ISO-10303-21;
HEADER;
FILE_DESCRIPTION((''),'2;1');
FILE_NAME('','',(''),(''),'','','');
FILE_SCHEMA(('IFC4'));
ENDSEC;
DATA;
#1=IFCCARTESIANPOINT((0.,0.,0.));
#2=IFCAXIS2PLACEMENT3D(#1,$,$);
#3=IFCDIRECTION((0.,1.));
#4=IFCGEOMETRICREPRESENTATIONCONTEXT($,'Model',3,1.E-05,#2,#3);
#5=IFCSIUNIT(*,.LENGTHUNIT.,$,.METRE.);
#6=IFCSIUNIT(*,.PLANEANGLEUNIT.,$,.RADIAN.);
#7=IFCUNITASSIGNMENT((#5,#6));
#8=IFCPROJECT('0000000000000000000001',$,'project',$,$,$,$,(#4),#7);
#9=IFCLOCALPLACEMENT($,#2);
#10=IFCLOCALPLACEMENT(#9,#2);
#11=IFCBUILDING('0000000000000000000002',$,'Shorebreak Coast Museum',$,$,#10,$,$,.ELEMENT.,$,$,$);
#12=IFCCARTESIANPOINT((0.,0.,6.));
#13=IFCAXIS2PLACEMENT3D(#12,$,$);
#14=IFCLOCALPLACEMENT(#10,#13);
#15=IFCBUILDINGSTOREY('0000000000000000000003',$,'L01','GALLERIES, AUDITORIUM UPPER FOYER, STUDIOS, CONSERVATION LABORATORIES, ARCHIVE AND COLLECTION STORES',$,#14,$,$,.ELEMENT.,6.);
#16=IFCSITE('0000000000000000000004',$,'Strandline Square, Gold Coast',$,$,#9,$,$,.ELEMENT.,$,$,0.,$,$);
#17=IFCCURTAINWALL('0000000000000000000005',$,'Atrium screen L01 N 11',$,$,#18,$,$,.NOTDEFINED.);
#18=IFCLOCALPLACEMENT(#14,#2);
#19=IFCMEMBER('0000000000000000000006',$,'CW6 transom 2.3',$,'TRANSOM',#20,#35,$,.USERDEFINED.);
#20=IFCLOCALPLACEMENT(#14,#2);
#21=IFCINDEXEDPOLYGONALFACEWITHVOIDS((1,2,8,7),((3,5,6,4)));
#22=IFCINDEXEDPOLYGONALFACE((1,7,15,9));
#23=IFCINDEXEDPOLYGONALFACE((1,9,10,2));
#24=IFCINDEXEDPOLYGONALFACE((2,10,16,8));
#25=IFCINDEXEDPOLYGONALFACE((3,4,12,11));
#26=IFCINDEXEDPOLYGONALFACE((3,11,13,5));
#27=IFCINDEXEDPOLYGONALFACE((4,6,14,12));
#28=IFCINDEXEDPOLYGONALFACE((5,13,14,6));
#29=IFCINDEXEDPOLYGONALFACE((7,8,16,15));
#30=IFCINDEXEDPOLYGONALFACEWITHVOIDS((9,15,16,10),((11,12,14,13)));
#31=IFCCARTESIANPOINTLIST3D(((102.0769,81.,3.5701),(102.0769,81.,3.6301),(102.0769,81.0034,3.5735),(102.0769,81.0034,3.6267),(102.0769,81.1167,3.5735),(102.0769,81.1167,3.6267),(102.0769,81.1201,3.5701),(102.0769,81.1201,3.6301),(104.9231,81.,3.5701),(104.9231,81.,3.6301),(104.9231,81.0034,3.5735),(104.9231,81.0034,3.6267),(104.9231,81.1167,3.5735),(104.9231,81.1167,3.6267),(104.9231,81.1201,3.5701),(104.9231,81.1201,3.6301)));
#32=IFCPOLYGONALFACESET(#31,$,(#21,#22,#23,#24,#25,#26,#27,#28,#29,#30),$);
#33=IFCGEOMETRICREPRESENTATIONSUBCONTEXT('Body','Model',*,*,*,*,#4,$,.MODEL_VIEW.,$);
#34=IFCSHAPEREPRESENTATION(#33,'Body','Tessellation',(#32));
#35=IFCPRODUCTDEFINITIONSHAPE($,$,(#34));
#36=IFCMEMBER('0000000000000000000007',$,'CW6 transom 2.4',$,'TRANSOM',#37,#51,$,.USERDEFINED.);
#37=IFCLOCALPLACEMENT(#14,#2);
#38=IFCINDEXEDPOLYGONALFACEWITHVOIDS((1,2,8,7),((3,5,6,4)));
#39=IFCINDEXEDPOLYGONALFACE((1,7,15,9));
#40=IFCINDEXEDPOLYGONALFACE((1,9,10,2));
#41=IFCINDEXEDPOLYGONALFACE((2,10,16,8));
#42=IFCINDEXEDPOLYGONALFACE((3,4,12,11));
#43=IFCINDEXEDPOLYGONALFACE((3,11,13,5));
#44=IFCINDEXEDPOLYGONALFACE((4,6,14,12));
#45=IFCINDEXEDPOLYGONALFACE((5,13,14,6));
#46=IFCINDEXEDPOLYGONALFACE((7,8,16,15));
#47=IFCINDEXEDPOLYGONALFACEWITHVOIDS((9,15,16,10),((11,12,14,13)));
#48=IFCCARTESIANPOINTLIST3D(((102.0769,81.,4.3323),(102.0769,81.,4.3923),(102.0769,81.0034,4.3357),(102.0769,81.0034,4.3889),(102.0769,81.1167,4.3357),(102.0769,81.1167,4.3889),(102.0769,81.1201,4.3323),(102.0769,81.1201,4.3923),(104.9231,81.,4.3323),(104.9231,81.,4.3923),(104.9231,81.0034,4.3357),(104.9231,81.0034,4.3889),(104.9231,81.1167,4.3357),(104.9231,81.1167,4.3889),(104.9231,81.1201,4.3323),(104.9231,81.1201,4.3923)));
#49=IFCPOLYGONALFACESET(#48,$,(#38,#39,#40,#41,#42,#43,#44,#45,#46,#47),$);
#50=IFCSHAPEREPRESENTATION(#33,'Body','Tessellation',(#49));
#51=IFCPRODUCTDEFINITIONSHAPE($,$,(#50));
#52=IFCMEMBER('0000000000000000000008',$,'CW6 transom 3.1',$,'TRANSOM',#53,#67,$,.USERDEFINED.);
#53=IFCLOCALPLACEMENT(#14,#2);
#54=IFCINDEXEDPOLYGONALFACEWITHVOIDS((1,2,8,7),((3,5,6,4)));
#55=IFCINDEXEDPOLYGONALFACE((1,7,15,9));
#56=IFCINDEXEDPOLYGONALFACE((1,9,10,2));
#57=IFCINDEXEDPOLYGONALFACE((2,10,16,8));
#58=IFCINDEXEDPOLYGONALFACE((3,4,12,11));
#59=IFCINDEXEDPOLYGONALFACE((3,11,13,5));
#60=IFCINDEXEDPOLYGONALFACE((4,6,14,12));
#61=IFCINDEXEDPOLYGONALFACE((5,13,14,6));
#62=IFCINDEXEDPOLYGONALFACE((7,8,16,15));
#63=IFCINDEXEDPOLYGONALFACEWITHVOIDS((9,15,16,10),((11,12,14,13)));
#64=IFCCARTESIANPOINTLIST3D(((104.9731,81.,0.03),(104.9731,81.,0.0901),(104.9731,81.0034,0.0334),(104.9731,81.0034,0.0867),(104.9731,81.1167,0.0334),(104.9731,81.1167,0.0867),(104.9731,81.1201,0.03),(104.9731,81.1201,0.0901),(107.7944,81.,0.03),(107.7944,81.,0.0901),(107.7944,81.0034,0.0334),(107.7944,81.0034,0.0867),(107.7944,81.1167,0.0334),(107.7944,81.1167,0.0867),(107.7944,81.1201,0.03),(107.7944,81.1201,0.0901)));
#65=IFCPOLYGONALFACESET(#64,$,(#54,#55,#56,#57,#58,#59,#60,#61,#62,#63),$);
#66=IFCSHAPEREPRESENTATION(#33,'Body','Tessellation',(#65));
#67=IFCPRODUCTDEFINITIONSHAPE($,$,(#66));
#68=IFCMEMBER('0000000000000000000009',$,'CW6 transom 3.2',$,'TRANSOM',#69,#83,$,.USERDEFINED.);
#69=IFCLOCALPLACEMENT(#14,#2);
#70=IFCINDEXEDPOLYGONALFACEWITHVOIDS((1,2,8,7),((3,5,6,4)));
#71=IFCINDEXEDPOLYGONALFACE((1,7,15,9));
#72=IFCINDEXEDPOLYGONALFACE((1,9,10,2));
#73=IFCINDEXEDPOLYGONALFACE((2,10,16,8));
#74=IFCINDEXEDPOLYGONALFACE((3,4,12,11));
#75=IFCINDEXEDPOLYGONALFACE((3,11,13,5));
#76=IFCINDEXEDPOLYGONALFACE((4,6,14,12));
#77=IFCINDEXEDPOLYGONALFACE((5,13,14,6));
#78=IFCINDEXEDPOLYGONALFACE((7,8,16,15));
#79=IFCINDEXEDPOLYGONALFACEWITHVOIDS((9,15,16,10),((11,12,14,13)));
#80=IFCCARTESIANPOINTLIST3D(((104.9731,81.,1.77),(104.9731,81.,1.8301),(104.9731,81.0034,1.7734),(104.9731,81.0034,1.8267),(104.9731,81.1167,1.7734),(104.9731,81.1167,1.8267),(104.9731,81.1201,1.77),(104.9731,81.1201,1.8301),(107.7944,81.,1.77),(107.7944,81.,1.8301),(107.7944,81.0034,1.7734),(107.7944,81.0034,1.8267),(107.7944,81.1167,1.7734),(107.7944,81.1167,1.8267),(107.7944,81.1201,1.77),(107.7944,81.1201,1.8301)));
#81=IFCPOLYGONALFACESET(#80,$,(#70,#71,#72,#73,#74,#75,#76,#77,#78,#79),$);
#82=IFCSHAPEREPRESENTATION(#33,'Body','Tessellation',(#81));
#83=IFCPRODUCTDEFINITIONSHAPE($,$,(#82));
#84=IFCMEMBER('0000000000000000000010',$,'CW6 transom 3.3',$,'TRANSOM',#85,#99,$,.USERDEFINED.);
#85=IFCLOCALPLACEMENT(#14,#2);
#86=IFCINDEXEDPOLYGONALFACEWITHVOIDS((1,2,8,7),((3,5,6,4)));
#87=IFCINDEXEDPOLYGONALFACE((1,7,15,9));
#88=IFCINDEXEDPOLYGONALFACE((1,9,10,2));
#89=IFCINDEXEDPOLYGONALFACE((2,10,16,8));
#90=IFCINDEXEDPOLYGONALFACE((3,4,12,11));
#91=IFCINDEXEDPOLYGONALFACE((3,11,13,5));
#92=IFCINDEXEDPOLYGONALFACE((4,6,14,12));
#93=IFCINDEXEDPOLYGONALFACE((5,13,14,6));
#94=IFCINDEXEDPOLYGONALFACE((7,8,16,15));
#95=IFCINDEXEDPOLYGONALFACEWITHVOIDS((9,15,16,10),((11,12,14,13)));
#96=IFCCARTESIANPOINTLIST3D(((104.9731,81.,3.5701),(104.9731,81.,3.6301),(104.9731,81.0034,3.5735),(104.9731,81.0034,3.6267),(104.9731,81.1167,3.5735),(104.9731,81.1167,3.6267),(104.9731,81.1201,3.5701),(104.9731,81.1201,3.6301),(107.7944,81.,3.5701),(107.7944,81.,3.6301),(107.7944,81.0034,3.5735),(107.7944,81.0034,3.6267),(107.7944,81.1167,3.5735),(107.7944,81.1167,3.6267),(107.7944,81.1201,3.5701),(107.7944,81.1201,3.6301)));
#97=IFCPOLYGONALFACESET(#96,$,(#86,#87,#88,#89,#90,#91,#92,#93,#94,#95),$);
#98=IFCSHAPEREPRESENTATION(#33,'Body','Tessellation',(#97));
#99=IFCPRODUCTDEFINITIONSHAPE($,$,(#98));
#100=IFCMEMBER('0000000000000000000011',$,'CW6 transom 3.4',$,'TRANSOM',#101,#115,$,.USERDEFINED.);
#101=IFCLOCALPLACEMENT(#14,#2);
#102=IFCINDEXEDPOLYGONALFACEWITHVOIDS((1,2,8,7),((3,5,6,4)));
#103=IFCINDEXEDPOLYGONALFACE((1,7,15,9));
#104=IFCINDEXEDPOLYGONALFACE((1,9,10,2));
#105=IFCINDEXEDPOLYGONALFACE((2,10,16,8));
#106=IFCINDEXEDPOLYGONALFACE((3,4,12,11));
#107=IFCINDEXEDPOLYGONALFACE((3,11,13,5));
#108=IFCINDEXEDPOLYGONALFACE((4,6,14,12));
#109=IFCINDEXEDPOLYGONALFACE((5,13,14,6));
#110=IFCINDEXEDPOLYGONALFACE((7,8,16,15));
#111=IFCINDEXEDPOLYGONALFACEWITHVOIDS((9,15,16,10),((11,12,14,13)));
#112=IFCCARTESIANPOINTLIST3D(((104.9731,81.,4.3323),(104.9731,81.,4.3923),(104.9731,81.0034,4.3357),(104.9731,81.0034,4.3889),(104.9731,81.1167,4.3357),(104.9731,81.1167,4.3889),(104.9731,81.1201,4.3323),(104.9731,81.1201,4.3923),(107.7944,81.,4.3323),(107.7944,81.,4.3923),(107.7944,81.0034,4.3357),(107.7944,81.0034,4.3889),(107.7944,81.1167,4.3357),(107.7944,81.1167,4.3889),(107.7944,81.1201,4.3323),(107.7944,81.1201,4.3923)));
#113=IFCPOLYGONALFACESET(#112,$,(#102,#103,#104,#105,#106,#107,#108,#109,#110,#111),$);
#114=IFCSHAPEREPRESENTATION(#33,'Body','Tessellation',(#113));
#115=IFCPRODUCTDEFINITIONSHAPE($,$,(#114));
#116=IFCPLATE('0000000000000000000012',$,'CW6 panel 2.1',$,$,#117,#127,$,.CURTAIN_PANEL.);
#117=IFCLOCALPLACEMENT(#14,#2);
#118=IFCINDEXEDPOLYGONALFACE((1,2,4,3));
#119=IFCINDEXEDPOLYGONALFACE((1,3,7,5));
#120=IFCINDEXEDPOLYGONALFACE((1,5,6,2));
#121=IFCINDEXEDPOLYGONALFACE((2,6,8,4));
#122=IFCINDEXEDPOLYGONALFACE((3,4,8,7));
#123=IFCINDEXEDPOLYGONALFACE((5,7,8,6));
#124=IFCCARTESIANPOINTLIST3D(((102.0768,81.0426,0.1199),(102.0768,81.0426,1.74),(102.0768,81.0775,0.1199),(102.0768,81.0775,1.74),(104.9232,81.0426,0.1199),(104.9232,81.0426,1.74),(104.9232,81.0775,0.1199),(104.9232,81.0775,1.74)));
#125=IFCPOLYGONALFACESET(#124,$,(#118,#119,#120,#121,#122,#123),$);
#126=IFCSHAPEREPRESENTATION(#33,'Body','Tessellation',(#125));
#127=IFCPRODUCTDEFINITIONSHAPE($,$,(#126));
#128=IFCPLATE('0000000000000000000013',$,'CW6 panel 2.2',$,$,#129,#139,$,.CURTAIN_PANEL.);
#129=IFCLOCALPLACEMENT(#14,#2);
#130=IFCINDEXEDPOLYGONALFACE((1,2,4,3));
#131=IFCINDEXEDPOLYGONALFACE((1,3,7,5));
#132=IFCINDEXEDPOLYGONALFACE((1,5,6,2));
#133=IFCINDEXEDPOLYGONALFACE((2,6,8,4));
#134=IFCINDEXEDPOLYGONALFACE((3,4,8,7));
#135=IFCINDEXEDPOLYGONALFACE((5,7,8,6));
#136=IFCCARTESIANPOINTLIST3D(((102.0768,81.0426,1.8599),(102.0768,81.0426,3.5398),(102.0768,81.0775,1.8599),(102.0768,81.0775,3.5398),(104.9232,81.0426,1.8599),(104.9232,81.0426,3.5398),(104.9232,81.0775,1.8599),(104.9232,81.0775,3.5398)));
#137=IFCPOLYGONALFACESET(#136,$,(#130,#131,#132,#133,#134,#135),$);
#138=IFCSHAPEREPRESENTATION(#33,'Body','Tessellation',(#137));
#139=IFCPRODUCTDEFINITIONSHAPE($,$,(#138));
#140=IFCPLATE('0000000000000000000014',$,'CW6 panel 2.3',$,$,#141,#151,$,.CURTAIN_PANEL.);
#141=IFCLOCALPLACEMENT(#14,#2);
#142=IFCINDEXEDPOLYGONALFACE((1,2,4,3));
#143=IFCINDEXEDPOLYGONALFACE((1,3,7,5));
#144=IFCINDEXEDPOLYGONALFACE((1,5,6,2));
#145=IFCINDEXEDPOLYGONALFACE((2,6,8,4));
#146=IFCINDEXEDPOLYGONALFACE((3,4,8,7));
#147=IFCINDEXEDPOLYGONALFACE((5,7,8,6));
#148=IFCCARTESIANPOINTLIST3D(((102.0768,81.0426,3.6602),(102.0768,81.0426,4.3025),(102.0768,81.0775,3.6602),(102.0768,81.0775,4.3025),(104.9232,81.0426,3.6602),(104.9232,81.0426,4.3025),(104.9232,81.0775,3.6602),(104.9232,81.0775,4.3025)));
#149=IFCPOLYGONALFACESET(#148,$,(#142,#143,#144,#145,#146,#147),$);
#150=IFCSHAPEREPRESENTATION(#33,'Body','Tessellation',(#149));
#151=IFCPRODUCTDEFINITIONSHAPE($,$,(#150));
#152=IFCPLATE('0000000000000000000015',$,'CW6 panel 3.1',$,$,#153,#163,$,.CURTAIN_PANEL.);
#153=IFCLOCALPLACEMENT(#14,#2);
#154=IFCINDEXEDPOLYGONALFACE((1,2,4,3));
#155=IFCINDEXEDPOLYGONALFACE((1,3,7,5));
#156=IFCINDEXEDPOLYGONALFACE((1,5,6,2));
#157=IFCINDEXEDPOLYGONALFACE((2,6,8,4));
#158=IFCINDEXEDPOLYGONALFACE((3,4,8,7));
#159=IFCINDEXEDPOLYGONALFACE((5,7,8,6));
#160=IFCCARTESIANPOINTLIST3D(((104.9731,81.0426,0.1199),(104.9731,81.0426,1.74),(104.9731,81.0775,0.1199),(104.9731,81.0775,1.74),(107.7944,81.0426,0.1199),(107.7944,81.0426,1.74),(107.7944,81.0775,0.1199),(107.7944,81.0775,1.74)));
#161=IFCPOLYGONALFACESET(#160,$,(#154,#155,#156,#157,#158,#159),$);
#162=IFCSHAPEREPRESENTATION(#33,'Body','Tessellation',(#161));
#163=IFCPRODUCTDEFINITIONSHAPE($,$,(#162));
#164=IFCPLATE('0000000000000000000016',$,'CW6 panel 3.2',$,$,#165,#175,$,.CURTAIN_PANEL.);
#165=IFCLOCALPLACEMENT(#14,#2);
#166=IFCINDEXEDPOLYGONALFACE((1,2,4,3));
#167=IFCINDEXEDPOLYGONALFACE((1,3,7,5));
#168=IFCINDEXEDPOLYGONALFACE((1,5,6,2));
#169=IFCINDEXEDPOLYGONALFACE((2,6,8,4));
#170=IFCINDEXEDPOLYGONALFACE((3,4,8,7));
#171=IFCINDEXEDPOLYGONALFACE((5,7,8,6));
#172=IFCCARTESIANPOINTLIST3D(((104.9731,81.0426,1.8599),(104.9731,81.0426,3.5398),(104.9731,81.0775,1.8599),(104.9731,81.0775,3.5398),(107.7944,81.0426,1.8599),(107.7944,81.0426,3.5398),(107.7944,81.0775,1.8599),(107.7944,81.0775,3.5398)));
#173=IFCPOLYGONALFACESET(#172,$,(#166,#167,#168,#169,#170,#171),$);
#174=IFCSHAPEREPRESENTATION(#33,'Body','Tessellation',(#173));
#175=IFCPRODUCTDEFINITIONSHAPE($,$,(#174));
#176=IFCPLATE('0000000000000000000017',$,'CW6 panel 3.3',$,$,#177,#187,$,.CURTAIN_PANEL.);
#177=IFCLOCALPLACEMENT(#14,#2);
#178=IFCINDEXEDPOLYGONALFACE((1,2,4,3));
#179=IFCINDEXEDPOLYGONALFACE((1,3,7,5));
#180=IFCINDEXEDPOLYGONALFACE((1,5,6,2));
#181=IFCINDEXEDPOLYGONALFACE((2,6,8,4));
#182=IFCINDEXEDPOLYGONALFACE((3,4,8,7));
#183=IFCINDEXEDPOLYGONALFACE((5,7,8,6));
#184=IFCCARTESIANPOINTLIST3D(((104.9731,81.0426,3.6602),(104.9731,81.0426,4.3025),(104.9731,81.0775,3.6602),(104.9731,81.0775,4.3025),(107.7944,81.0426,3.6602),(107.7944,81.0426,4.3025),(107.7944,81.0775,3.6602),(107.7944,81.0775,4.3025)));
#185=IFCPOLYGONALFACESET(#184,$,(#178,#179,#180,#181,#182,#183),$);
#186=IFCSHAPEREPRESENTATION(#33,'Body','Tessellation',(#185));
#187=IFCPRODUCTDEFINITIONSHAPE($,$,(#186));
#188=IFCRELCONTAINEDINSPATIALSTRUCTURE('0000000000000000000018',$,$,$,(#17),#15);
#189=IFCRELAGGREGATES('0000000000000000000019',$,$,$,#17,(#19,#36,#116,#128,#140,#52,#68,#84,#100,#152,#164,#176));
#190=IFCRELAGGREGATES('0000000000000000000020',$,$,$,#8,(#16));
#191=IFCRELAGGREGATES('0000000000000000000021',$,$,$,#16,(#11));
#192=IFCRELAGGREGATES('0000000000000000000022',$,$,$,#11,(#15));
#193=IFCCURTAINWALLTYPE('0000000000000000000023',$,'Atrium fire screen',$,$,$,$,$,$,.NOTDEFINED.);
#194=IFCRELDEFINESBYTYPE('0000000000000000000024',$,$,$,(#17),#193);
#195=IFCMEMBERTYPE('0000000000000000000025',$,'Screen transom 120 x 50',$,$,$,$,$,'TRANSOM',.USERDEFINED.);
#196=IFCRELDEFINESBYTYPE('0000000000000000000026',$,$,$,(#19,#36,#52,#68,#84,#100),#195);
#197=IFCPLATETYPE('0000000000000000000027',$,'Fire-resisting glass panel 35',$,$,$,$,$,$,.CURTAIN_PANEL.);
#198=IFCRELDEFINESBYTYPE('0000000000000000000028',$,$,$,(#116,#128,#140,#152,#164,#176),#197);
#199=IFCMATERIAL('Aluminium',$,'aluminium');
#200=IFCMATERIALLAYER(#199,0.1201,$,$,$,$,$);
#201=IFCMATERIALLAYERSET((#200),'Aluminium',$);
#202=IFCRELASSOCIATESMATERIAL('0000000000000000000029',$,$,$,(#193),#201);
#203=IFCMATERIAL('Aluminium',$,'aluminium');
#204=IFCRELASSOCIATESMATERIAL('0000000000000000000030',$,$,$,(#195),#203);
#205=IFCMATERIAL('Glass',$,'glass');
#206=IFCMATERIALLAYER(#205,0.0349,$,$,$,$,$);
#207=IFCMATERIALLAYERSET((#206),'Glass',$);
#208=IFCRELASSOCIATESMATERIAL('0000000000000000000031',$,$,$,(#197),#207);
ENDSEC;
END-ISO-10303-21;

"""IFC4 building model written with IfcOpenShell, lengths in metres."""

from ifc_helpers import new_model, si_unit, direction, frame, origin, origin_2d, place, context, subcontext, project, spatial, rectangle, hollow_rectangle, extrude, material, layer, layer_set, material_profile, profile_set, type_object, element, aggregate, save


model = new_model("IFC4")

# Units and contexts
model_context = context("Model", 3, precision=1e-05, world=origin(), true_north=direction((0.0, 1.0)))
body_context = subcontext(model_context, "Body", "Model", "MODEL_VIEW")
ifc_project = project(units=[si_unit("LENGTHUNIT", "METRE"), si_unit("PLANEANGLEUNIT", "RADIAN")], contexts=[model_context])

# Site, building, storey
site_placement = place(None, origin())
site = spatial("IfcSite", under=ifc_project, at=site_placement, Name="Strandline Square, Gold Coast", CompositionType="ELEMENT", RefElevation=0.0)
building_placement = place(site_placement, origin())
building = spatial("IfcBuilding", under=site, at=building_placement, Name="Shorebreak Coast Museum", CompositionType="ELEMENT")
storey_placement = place(building_placement, frame((0.0, 0.0, 6.0)))
storey = spatial("IfcBuildingStorey", under=building, at=storey_placement, Name="L01", Description="GALLERIES, AUDITORIUM UPPER FOYER, STUDIOS, CONSERVATION LABORATORIES, ARCHIVE AND COLLECTION STORES", CompositionType="ELEMENT", Elevation=6.0)

# Curtain wall, members, plates
ifc_material_1 = material(Name="Aluminium", Category="aluminium")
ifc_layer_1 = layer(ifc_material_1, 0.1201)
ifc_layer_set_1 = layer_set([ifc_layer_1], Name="Aluminium")
curtain_wall_type = type_object("IfcCurtainWallType", Name="Atrium fire screen", PredefinedType="NOTDEFINED", material=ifc_layer_set_1)
curtain_wall_placement = place(storey_placement, origin())
curtain_wall = element("IfcCurtainWall", 1, at=curtain_wall_placement, inside=storey, type_object=curtain_wall_type, Name="Atrium screen L01 N 11", PredefinedType="NOTDEFINED")
ifc_material_2 = material(Name="Aluminium", Category="aluminium")
ifc_material_profile_1 = material_profile(ifc_material_2, hollow_rectangle(XDim=0.1201, YDim=0.0601, WallThickness=0.0034, at=origin_2d()), Name="AL 60x120 RHS")
ifc_profile_set_1 = profile_set([ifc_material_profile_1], Name="Aluminium")
member_type_1 = type_object("IfcMemberType", Name="Screen transom 120 x 50", ElementType="TRANSOM", PredefinedType="USERDEFINED", material=ifc_profile_set_1)
member_1_placement = place(storey_placement, frame((102.0769, 81.0601, 3.6001), z_axis=(1.0, 0.0, 0.0), x_axis=(0.0, 1.0, 0.0)))
member_1 = element("IfcMember", 2, at=member_1_placement, type_object=member_type_1, Name="CW6 transom 2.3", ObjectType="TRANSOM", PredefinedType="USERDEFINED", context=body_context, shape_type="SweptSolid", body=[
    extrude(hollow_rectangle(XDim=0.1201, YDim=0.0601, WallThickness=0.0034, at=origin_2d()), origin(), (0.0, 0.0, 1.0), 2.8462),
])
member_2_placement = place(storey_placement, frame((102.0769, 81.0601, 4.3623), z_axis=(1.0, 0.0, 0.0), x_axis=(0.0, 1.0, 0.0)))
member_2 = element("IfcMember", 3, at=member_2_placement, type_object=member_type_1, Name="CW6 transom 2.4", ObjectType="TRANSOM", PredefinedType="USERDEFINED", context=body_context, shape_type="SweptSolid", body=[
    extrude(hollow_rectangle(XDim=0.1201, YDim=0.0601, WallThickness=0.0034, at=origin_2d()), origin(), (0.0, 0.0, 1.0), 2.8462),
])
member_3_placement = place(storey_placement, frame((104.9731, 81.0601, 0.0601), z_axis=(1.0, 0.0, 0.0), x_axis=(0.0, 1.0, 0.0)))
member_3 = element("IfcMember", 4, at=member_3_placement, type_object=member_type_1, Name="CW6 transom 3.1", ObjectType="TRANSOM", PredefinedType="USERDEFINED", context=body_context, shape_type="SweptSolid", body=[
    extrude(hollow_rectangle(XDim=0.1201, YDim=0.0601, WallThickness=0.0034, at=origin_2d()), origin(), (0.0, 0.0, 1.0), 2.8213),
])
member_4_placement = place(storey_placement, frame((104.9731, 81.0601, 1.8), z_axis=(1.0, 0.0, 0.0), x_axis=(0.0, 1.0, 0.0)))
member_4 = element("IfcMember", 5, at=member_4_placement, type_object=member_type_1, Name="CW6 transom 3.2", ObjectType="TRANSOM", PredefinedType="USERDEFINED", context=body_context, shape_type="SweptSolid", body=[
    extrude(hollow_rectangle(XDim=0.1201, YDim=0.0601, WallThickness=0.0034, at=origin_2d()), origin(), (0.0, 0.0, 1.0), 2.8213),
])
member_5_placement = place(storey_placement, frame((104.9731, 81.0601, 3.6001), z_axis=(1.0, 0.0, 0.0), x_axis=(0.0, 1.0, 0.0)))
member_5 = element("IfcMember", 6, at=member_5_placement, type_object=member_type_1, Name="CW6 transom 3.3", ObjectType="TRANSOM", PredefinedType="USERDEFINED", context=body_context, shape_type="SweptSolid", body=[
    extrude(hollow_rectangle(XDim=0.1201, YDim=0.0601, WallThickness=0.0034, at=origin_2d()), origin(), (0.0, 0.0, 1.0), 2.8213),
])
member_6_placement = place(storey_placement, frame((104.9731, 81.0601, 4.3623), z_axis=(1.0, 0.0, 0.0), x_axis=(0.0, 1.0, 0.0)))
member_6 = element("IfcMember", 7, at=member_6_placement, type_object=member_type_1, Name="CW6 transom 3.4", ObjectType="TRANSOM", PredefinedType="USERDEFINED", context=body_context, shape_type="SweptSolid", body=[
    extrude(hollow_rectangle(XDim=0.1201, YDim=0.0601, WallThickness=0.0034, at=origin_2d()), origin(), (0.0, 0.0, 1.0), 2.8213),
])
ifc_material_3 = material(Name="Glass", Category="glass")
ifc_layer_2 = layer(ifc_material_3, 0.0349)
ifc_layer_set_2 = layer_set([ifc_layer_2], Name="Glass")
plate_type = type_object("IfcPlateType", Name="Fire-resisting glass panel 35", PredefinedType="CURTAIN_PANEL", material=ifc_layer_set_2)
plate_1_placement = place(storey_placement, frame((103.5, 81.0601, 0.1199), z_axis=(0.0, 0.0, 1.0), x_axis=(1.0, 0.0, 0.0)))
plate_1 = element("IfcPlate", 8, at=plate_1_placement, type_object=plate_type, Name="CW6 panel 2.1", PredefinedType="CURTAIN_PANEL", context=body_context, shape_type="SweptSolid", body=[
    extrude(rectangle(XDim=2.8464, YDim=0.0349, at=origin_2d()), origin(), (0.0, 0.0, 1.0), 1.6201),
])
plate_2_placement = place(storey_placement, frame((103.5, 81.0601, 1.8599), z_axis=(0.0, 0.0, 1.0), x_axis=(1.0, 0.0, 0.0)))
plate_2 = element("IfcPlate", 9, at=plate_2_placement, type_object=plate_type, Name="CW6 panel 2.2", PredefinedType="CURTAIN_PANEL", context=body_context, shape_type="SweptSolid", body=[
    extrude(rectangle(XDim=2.8464, YDim=0.0349, at=origin_2d()), origin(), (0.0, 0.0, 1.0), 1.6799),
])
plate_3_placement = place(storey_placement, frame((103.5, 81.0601, 3.6602), z_axis=(0.0, 0.0, 1.0), x_axis=(1.0, 0.0, 0.0)))
plate_3 = element("IfcPlate", 10, at=plate_3_placement, type_object=plate_type, Name="CW6 panel 2.3", PredefinedType="CURTAIN_PANEL", context=body_context, shape_type="SweptSolid", body=[
    extrude(rectangle(XDim=2.8464, YDim=0.0349, at=origin_2d()), origin(), (0.0, 0.0, 1.0), 0.6423),
])
plate_4_placement = place(storey_placement, frame((106.3838, 81.0601, 0.1199), z_axis=(0.0, 0.0, 1.0), x_axis=(1.0, 0.0, 0.0)))
plate_4 = element("IfcPlate", 11, at=plate_4_placement, type_object=plate_type, Name="CW6 panel 3.1", PredefinedType="CURTAIN_PANEL", context=body_context, shape_type="SweptSolid", body=[
    extrude(rectangle(XDim=2.8213, YDim=0.0349, at=origin_2d()), origin(), (0.0, 0.0, 1.0), 1.6201),
])
plate_5_placement = place(storey_placement, frame((106.3838, 81.0601, 1.8599), z_axis=(0.0, 0.0, 1.0), x_axis=(1.0, 0.0, 0.0)))
plate_5 = element("IfcPlate", 12, at=plate_5_placement, type_object=plate_type, Name="CW6 panel 3.2", PredefinedType="CURTAIN_PANEL", context=body_context, shape_type="SweptSolid", body=[
    extrude(rectangle(XDim=2.8213, YDim=0.0349, at=origin_2d()), origin(), (0.0, 0.0, 1.0), 1.6799),
])
plate_6_placement = place(storey_placement, frame((106.3838, 81.0601, 3.6602), z_axis=(0.0, 0.0, 1.0), x_axis=(1.0, 0.0, 0.0)))
plate_6 = element("IfcPlate", 13, at=plate_6_placement, type_object=plate_type, Name="CW6 panel 3.3", PredefinedType="CURTAIN_PANEL", context=body_context, shape_type="SweptSolid", body=[
    extrude(rectangle(XDim=2.8213, YDim=0.0349, at=origin_2d()), origin(), (0.0, 0.0, 1.0), 0.6423),
])
aggregate(curtain_wall, [member_1, member_2, plate_1, plate_2, plate_3, member_3, member_4, member_5, member_6, plate_4, plate_5, plate_6])

save(model, "model.ifc")
